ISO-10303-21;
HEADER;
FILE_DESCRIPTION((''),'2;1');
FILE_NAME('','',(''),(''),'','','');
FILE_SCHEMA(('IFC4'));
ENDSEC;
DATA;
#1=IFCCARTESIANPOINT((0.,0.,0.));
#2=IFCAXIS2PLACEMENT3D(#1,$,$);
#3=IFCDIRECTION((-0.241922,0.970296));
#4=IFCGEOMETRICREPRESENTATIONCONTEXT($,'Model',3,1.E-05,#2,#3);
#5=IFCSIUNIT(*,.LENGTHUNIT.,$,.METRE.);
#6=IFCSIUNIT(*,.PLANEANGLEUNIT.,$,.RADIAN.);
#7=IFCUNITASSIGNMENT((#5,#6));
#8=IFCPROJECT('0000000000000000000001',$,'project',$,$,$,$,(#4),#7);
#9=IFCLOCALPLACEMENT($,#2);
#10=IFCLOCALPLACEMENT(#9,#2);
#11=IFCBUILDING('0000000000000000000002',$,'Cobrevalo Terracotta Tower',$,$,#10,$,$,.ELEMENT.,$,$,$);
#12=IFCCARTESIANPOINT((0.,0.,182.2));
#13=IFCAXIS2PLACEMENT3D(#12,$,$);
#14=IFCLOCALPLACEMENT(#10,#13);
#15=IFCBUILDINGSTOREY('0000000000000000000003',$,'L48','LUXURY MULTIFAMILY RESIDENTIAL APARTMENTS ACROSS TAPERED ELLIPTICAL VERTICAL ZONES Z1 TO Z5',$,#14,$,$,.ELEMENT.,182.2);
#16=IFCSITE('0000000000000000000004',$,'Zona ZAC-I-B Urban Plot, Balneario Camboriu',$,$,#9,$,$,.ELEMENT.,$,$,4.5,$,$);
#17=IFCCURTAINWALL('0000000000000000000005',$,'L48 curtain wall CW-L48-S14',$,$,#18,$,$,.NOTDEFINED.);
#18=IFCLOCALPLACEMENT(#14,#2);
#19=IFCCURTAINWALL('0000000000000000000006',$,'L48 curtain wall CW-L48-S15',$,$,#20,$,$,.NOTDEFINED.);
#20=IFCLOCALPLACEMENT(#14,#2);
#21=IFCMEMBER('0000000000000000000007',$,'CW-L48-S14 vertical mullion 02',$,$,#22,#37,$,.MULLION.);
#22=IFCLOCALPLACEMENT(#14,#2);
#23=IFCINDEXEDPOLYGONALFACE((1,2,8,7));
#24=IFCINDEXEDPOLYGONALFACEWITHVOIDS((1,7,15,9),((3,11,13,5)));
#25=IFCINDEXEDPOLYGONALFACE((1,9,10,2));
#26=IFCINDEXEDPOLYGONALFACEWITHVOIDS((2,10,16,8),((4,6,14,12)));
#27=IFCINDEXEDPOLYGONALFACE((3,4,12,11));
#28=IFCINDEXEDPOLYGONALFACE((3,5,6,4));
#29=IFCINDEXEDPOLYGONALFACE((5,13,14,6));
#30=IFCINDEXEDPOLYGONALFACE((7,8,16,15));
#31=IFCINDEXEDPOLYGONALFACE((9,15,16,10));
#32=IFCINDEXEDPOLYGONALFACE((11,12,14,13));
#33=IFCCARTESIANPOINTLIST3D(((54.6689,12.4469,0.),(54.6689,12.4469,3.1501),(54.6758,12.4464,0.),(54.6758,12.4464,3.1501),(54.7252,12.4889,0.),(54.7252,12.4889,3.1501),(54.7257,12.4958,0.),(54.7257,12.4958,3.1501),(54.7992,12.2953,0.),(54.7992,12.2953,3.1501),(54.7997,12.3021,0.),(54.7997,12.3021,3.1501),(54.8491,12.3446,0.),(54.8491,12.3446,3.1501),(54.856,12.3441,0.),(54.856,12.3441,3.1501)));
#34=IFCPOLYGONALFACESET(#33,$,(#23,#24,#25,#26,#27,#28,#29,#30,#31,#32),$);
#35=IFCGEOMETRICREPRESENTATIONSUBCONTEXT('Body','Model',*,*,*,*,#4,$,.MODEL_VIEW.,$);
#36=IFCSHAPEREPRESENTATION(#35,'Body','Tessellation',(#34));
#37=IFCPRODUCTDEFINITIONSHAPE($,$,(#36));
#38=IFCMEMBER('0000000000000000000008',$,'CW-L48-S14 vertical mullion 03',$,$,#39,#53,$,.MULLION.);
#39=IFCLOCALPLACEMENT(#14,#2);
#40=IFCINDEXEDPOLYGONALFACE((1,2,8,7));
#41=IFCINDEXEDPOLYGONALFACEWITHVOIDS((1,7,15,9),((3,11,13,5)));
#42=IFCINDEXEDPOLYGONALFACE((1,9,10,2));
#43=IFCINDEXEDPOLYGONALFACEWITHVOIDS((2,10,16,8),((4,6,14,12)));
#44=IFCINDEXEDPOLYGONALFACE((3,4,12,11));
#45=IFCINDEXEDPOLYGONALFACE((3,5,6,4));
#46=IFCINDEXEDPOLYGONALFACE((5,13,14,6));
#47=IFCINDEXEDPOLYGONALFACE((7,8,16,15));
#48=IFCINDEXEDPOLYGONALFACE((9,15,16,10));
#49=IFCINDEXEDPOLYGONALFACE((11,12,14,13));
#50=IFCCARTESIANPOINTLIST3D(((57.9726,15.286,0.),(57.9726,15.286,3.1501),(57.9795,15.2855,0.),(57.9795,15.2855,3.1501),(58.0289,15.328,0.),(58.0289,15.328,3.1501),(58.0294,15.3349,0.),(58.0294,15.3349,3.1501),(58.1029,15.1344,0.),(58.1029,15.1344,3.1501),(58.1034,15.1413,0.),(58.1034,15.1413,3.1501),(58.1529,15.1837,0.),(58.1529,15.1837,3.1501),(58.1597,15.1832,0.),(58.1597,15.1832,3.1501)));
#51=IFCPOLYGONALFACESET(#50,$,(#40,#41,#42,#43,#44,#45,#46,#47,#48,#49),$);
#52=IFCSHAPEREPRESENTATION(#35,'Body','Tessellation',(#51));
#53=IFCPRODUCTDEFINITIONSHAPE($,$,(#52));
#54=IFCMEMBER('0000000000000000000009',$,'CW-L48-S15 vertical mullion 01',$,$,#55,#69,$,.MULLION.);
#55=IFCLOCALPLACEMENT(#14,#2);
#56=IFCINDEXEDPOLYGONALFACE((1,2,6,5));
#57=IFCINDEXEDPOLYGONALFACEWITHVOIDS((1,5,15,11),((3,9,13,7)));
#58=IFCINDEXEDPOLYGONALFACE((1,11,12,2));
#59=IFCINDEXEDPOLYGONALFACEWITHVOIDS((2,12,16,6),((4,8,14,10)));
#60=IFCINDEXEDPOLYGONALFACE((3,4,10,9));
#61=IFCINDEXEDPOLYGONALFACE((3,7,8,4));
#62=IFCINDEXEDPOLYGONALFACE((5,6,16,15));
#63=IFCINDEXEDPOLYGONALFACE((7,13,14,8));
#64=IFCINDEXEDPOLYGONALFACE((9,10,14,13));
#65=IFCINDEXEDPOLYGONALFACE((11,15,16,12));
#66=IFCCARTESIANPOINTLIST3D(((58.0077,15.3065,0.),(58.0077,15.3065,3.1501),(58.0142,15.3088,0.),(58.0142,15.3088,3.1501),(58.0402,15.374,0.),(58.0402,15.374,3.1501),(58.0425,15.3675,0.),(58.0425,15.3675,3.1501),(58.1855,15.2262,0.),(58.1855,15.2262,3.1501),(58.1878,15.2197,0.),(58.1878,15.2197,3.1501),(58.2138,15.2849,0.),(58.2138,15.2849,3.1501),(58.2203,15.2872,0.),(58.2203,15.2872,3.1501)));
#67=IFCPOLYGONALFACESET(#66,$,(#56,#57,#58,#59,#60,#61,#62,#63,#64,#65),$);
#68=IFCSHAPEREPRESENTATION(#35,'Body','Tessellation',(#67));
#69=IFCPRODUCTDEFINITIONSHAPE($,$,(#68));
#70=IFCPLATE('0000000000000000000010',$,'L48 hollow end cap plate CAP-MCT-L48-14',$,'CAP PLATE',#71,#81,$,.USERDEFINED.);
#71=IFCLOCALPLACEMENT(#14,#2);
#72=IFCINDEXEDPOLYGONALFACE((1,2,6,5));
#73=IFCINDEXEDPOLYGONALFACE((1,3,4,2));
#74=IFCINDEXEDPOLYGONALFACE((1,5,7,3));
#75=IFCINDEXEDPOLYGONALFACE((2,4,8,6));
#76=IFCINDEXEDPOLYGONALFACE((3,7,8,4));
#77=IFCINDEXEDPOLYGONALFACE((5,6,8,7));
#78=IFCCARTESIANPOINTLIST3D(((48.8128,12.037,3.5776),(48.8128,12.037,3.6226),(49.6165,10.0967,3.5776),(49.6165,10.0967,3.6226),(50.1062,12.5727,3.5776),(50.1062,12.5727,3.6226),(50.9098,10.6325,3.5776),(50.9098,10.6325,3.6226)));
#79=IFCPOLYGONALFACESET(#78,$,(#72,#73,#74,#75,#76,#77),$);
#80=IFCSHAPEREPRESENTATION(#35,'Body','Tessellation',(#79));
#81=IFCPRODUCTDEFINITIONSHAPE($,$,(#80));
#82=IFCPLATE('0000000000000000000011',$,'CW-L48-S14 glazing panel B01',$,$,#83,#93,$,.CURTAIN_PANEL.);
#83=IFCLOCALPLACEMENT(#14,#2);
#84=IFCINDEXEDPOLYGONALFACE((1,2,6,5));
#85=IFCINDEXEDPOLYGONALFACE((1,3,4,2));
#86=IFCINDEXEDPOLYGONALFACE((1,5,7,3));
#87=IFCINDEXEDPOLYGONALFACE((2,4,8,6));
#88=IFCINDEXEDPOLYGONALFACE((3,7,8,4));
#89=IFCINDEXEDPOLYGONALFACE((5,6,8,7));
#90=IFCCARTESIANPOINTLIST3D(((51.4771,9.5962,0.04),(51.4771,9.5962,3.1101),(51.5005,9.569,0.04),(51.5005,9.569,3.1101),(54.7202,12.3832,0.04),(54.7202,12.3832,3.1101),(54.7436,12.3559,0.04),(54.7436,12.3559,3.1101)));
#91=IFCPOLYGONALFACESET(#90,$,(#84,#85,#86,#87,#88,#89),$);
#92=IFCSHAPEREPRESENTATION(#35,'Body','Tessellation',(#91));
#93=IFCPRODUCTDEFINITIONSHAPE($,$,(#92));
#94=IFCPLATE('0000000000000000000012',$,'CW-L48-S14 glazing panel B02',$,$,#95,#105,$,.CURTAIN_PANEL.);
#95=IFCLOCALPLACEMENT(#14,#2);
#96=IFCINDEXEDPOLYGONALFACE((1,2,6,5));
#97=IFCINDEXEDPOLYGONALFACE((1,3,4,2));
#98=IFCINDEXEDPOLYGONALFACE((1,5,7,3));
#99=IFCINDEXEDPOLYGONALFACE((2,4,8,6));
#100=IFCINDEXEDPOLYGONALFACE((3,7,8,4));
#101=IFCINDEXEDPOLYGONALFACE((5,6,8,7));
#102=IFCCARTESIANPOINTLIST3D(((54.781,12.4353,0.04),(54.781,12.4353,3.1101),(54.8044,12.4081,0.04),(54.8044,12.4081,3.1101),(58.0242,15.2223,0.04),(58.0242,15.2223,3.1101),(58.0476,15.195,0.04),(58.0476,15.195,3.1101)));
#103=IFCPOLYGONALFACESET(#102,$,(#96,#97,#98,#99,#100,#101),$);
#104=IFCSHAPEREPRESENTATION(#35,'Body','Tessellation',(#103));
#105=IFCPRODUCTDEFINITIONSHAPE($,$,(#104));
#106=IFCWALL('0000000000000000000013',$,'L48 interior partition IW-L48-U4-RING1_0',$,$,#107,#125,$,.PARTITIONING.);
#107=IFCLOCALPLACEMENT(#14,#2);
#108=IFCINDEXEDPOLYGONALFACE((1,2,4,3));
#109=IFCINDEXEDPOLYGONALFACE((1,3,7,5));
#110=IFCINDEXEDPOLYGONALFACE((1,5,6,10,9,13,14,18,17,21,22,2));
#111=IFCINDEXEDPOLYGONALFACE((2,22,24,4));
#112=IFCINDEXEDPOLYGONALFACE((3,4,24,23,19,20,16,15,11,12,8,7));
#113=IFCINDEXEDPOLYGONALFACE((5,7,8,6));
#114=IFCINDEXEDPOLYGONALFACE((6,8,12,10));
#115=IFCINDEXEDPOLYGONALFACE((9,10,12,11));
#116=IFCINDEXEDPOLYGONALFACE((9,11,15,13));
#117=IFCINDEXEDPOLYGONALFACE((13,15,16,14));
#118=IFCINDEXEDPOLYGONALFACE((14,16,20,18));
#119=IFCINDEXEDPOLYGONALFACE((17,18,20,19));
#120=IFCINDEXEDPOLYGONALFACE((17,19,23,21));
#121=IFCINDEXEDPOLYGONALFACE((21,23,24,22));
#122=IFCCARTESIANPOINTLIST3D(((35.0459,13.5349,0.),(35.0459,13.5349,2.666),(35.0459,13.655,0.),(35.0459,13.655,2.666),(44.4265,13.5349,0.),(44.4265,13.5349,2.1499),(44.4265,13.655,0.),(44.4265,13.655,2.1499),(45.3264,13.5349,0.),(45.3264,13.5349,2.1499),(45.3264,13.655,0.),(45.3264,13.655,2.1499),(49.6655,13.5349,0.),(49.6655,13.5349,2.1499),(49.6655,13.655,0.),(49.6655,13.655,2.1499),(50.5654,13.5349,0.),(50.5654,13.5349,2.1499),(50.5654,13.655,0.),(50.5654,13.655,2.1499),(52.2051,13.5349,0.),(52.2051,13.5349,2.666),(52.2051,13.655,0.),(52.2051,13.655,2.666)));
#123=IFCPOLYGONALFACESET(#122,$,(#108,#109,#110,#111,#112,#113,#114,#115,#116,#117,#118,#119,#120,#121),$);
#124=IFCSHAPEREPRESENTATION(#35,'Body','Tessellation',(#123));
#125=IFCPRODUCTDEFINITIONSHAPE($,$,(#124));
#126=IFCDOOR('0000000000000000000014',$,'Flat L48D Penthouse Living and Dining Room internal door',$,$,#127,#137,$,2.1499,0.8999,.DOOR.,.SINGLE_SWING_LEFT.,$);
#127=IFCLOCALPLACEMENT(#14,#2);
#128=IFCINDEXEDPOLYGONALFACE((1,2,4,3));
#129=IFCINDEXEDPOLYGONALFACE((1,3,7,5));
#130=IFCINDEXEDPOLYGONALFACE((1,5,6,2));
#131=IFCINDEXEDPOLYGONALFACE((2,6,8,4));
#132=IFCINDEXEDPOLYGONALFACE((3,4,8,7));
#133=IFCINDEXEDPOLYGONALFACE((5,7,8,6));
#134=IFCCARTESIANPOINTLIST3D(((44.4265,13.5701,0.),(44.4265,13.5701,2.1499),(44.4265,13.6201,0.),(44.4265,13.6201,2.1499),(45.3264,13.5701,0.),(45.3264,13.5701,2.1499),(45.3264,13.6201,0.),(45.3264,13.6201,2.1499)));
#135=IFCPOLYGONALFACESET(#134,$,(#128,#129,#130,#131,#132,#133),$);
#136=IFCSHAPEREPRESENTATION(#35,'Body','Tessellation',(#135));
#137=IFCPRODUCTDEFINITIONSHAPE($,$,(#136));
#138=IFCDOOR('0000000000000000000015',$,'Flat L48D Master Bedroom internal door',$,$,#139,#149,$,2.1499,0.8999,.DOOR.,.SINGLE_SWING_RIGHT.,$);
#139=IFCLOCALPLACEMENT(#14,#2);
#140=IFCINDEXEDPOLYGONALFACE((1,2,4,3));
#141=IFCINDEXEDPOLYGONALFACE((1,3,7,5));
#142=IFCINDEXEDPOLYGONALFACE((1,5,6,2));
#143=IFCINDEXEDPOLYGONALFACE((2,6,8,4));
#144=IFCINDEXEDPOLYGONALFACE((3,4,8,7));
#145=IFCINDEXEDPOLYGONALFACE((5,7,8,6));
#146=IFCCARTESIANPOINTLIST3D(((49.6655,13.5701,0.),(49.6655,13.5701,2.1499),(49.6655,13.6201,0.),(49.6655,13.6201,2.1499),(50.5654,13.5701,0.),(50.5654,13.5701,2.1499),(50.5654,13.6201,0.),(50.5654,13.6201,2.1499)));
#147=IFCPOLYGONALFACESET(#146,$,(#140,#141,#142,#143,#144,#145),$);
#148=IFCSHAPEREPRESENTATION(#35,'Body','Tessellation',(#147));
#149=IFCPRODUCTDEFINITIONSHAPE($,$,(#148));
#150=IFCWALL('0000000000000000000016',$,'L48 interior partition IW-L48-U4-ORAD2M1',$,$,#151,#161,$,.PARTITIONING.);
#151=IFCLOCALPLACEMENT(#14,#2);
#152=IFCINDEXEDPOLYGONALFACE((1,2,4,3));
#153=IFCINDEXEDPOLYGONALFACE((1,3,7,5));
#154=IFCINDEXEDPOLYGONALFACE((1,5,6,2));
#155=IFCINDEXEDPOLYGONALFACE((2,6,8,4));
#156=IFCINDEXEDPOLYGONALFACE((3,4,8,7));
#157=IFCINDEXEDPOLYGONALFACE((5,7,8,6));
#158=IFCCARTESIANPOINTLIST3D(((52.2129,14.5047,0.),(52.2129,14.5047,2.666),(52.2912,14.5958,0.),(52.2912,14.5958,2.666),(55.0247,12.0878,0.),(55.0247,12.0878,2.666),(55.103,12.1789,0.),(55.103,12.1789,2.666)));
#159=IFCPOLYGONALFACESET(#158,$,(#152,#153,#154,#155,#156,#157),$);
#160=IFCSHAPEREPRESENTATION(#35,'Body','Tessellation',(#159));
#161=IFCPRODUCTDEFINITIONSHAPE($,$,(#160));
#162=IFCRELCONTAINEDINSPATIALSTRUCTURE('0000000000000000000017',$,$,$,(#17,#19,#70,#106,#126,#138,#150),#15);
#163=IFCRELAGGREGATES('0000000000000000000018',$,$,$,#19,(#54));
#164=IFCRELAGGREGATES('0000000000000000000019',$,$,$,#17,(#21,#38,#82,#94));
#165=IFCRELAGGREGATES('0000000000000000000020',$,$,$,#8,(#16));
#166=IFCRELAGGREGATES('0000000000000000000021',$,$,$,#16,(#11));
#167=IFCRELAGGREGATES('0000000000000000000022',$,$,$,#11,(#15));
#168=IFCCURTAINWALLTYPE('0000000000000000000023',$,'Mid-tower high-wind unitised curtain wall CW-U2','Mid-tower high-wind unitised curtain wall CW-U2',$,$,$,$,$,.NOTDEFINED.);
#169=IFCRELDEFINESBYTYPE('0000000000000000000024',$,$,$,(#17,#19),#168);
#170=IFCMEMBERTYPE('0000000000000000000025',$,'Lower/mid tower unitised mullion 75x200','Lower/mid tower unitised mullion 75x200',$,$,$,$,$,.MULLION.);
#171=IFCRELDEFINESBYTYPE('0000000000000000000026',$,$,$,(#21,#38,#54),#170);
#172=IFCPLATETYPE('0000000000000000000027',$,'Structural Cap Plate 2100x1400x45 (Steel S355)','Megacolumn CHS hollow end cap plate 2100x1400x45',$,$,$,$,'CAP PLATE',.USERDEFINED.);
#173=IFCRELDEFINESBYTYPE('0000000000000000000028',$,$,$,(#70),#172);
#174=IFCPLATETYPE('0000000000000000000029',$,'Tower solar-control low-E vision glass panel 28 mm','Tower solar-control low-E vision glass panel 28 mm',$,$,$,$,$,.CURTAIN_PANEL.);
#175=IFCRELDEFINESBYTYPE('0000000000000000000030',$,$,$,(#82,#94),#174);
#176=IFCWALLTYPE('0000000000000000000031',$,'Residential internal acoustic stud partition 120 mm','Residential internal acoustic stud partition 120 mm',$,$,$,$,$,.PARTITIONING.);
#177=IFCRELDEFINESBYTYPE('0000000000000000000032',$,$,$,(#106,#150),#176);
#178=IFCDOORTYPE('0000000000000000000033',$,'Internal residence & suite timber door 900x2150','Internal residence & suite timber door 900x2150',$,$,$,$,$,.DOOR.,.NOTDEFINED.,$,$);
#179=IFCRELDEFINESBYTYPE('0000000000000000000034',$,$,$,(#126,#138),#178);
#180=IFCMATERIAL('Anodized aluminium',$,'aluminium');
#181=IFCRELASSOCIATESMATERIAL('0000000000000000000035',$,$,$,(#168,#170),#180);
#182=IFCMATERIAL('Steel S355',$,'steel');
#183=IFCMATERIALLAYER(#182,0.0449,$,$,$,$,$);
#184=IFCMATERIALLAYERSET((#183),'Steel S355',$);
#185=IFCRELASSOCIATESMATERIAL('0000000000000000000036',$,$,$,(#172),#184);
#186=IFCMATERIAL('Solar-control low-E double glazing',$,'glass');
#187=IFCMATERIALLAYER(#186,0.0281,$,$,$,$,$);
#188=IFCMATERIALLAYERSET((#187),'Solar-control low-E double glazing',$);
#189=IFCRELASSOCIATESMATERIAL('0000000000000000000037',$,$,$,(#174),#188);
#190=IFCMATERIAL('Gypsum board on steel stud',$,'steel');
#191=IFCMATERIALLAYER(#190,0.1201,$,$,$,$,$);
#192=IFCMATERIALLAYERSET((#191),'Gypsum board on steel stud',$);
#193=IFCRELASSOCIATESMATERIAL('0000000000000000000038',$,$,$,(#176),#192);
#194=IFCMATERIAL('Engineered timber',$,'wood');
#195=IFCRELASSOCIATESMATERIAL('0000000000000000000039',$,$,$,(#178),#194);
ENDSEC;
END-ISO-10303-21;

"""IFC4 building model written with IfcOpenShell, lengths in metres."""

from ifc_helpers import new_model, si_unit, direction, frame, frame_2d, origin, origin_2d, place, context, subcontext, project, spatial, rectangle, hollow_rectangle, extrude, source, transform, mapped, material, layer, layer_set, material_profile, profile_set, type_object, element, fill, aggregate, save


model = new_model("IFC4")

# Units and contexts
model_context = context("Model", 3, precision=1e-05, world=origin(), true_north=direction((-0.241922, 0.970296)))
body_context = subcontext(model_context, "Body", "Model", "MODEL_VIEW")
ifc_project = project(units=[si_unit("LENGTHUNIT", "METRE"), si_unit("PLANEANGLEUNIT", "RADIAN")], contexts=[model_context])

# Site, building, storey
site_placement = place(None, origin())
site = spatial("IfcSite", under=ifc_project, at=site_placement, Name="Zona ZAC-I-B Urban Plot, Balneario Camboriu", CompositionType="ELEMENT", RefElevation=4.5)
building_placement = place(site_placement, origin())
building = spatial("IfcBuilding", under=site, at=building_placement, Name="Cobrevalo Terracotta Tower", CompositionType="ELEMENT")
storey_placement = place(building_placement, frame((0.0, 0.0, 182.2)))
storey = spatial("IfcBuildingStorey", under=building, at=storey_placement, Name="L48", Description="LUXURY MULTIFAMILY RESIDENTIAL APARTMENTS ACROSS TAPERED ELLIPTICAL VERTICAL ZONES Z1 TO Z5", CompositionType="ELEMENT", Elevation=182.2)

# Shared definitions
ifc_material_1 = material(Name="Steel S355", Category="steel")

# Curtain walls
ifc_material_2 = material(Name="Anodized aluminium", Category="aluminium")
curtain_wall_type = type_object("IfcCurtainWallType", Name="Mid-tower high-wind unitised curtain wall CW-U2", Description="Mid-tower high-wind unitised curtain wall CW-U2", PredefinedType="NOTDEFINED", material=ifc_material_2)
curtain_wall_1_placement = place(storey_placement, origin())
curtain_wall_1 = element("IfcCurtainWall", 1, at=curtain_wall_1_placement, inside=storey, type_object=curtain_wall_type, Name="L48 curtain wall CW-L48-S14", PredefinedType="NOTDEFINED")
curtain_wall_2_placement = place(storey_placement, origin())
curtain_wall_2 = element("IfcCurtainWall", 2, at=curtain_wall_2_placement, inside=storey, type_object=curtain_wall_type, Name="L48 curtain wall CW-L48-S15", PredefinedType="NOTDEFINED")

# Members
ifc_material_profile_1 = material_profile(ifc_material_2, hollow_rectangle(XDim=0.075, YDim=0.2, WallThickness=0.0049, at=origin_2d()), Name="CWM 75x200")
ifc_profile_set_1 = profile_set([ifc_material_profile_1], Name="Anodized aluminium")
member_type_1 = type_object("IfcMemberType", Name="Lower/mid tower unitised mullion 75x200", Description="Lower/mid tower unitised mullion 75x200", PredefinedType="MULLION", material=ifc_profile_set_1)
shared_shape_1 = source(origin(), body_context, "Body", "SweptSolid", [
    extrude(hollow_rectangle(XDim=0.075, YDim=0.2, WallThickness=0.0049, at=origin_2d()), origin(), (0.0, 0.0, 1.0), 3.1501),
])
member_1_placement = place(storey_placement, frame((54.7625, 12.3955, 0.0), z_axis=(0.0, 0.0, 1.0), x_axis=(0.758442, 0.651741, 0.0)))
member_1 = element("IfcMember", 3, at=member_1_placement, type_object=member_type_1, Name="CW-L48-S14 vertical mullion 02", PredefinedType="MULLION", context=body_context, shape_type="MappedRepresentation", body=[
    mapped(shared_shape_1, transform((0.0, 0.0, 0.0), scale=1.0)),
])
member_2_placement = place(storey_placement, frame((58.0662, 15.2346, 0.0), z_axis=(0.0, 0.0, 1.0), x_axis=(0.758442, 0.651741, 0.0)))
member_2 = element("IfcMember", 4, at=member_2_placement, type_object=member_type_1, Name="CW-L48-S14 vertical mullion 03", PredefinedType="MULLION", context=body_context, shape_type="MappedRepresentation", body=[
    mapped(shared_shape_1, transform((0.0, 0.0, 0.0), scale=1.0)),
])
member_3_placement = place(storey_placement, frame((58.114, 15.2969, 0.0), z_axis=(0.0, 0.0, 1.0), x_axis=(0.434209, 0.900812, 0.0)))
member_3 = element("IfcMember", 5, at=member_3_placement, type_object=member_type_1, Name="CW-L48-S15 vertical mullion 01", PredefinedType="MULLION", context=body_context, shape_type="MappedRepresentation", body=[
    mapped(shared_shape_1, transform((0.0, 0.0, 0.0), scale=1.0)),
])
aggregate(curtain_wall_2, [member_3])

# Plates
ifc_layer_1 = layer(ifc_material_1, 0.0449)
ifc_layer_set_1 = layer_set([ifc_layer_1], Name="Steel S355")
plate_type_1 = type_object("IfcPlateType", Name="Structural Cap Plate 2100x1400x45 (Steel S355)", Description="Megacolumn CHS hollow end cap plate 2100x1400x45", ElementType="CAP PLATE", PredefinedType="USERDEFINED", material=ifc_layer_set_1)
shared_shape_2 = source(origin(), body_context, "Body", "SweptSolid", [
    extrude(rectangle(XDim=2.1001, YDim=1.3999, at=origin_2d()), origin(), (0.0, 0.0, 1.0), 0.0449),
])
plate_1_placement = place(storey_placement, frame((49.8613, 11.3347, 3.5776), z_axis=(0.0, 0.0, 1.0), x_axis=(0.382683, -0.92388, 0.0)))
element("IfcPlate", 6, at=plate_1_placement, inside=storey, type_object=plate_type_1, Name="L48 hollow end cap plate CAP-MCT-L48-14", ObjectType="CAP PLATE", PredefinedType="USERDEFINED", context=body_context, shape_type="MappedRepresentation", body=[
    mapped(shared_shape_2, transform((0.0, 0.0, 0.0), scale=1.0)),
])
ifc_material_3 = material(Name="Solar-control low-E double glazing", Category="glass")
ifc_layer_2 = layer(ifc_material_3, 0.0281)
ifc_layer_set_2 = layer_set([ifc_layer_2], Name="Solar-control low-E double glazing")
plate_type_2 = type_object("IfcPlateType", Name="Tower solar-control low-E vision glass panel 28 mm", Description="Tower solar-control low-E vision glass panel 28 mm", PredefinedType="CURTAIN_PANEL", material=ifc_layer_set_2)
shared_shape_3 = source(origin(), body_context, "Body", "SweptSolid", [
    extrude(rectangle(XDim=4.2761, YDim=0.0359, at=origin_2d()), origin(), (0.0, 0.0, 1.0), 3.0701),
])
plate_2_placement = place(storey_placement, frame((53.1104, 10.9761, 0.04), z_axis=(0.0, 0.0, 1.0), x_axis=(0.758437, 0.651746, 0.0)))
plate_2 = element("IfcPlate", 7, at=plate_2_placement, type_object=plate_type_2, Name="CW-L48-S14 glazing panel B01", PredefinedType="CURTAIN_PANEL", context=body_context, shape_type="MappedRepresentation", body=[
    mapped(shared_shape_3, transform((0.0, 0.0, 0.0), scale=1.0)),
])
plate_3_placement = place(storey_placement, frame((56.4143, 13.8152, 0.04), z_axis=(0.0, 0.0, 1.0), x_axis=(0.758437, 0.651746, 0.0)))
plate_3 = element("IfcPlate", 8, at=plate_3_placement, type_object=plate_type_2, Name="CW-L48-S14 glazing panel B02", PredefinedType="CURTAIN_PANEL", context=body_context, shape_type="MappedRepresentation", body=[
    mapped(shared_shape_3, transform((0.0, 0.0, 0.0), scale=1.0)),
])
aggregate(curtain_wall_1, [member_1, member_2, plate_2, plate_3])

# Wall, openings, doors
ifc_material_4 = material(Name="Gypsum board on steel stud", Category="steel")
ifc_layer_3 = layer(ifc_material_4, 0.1201)
ifc_layer_set_3 = layer_set([ifc_layer_3], Name="Gypsum board on steel stud")
wall_type = type_object("IfcWallType", Name="Residential internal acoustic stud partition 120 mm", Description="Residential internal acoustic stud partition 120 mm", PredefinedType="PARTITIONING", material=ifc_layer_set_3)
wall_1_placement = place(storey_placement, frame((52.2051, 13.595, 0.0), z_axis=(0.0, 0.0, 1.0), x_axis=(-1.0, 0.0, 0.0)))
wall_1 = element("IfcWall", 9, at=wall_1_placement, inside=storey, type_object=wall_type, Name="L48 interior partition IW-L48-U4-RING1_0", PredefinedType="PARTITIONING", context=body_context, shape_type="SweptSolid", body=[
    extrude(rectangle(XDim=17.1592, YDim=0.1201, at=frame_2d((8.5796, 0.0))), origin(), (0.0, 0.0, 1.0), 2.666),
])
opening_1_placement = place(wall_1_placement, frame((6.8787, 0.0, 0.0)))
opening_1 = element("IfcOpeningElement", 10, at=opening_1_placement, cuts=wall_1, PredefinedType="OPENING", context=body_context, shape_type="SweptSolid", body=[
    extrude(rectangle(XDim=0.8999, YDim=2.1499, at=frame_2d((0.45, 1.075))), frame((0.0, 0.0701, 0.0), z_axis=(0.0, -1.0, 0.0), x_axis=(1.0, 0.0, 0.0)), (0.0, 0.0, 1.0), 0.1401),
])
opening_2_placement = place(wall_1_placement, frame((1.6396, 0.0, 0.0)))
opening_2 = element("IfcOpeningElement", 11, at=opening_2_placement, cuts=wall_1, PredefinedType="OPENING", context=body_context, shape_type="SweptSolid", body=[
    extrude(rectangle(XDim=0.8999, YDim=2.1499, at=frame_2d((0.45, 1.075))), frame((0.0, 0.0701, 0.0), z_axis=(0.0, -1.0, 0.0), x_axis=(1.0, 0.0, 0.0)), (0.0, 0.0, 1.0), 0.1401),
])
ifc_material_5 = material(Name="Engineered timber", Category="wood")
door_type = type_object("IfcDoorType", Name="Internal residence & suite timber door 900x2150", Description="Internal residence & suite timber door 900x2150", OperationType="NOTDEFINED", PredefinedType="DOOR", material=ifc_material_5)
shared_shape_4 = source(origin(), body_context, "Body", "SweptSolid", [
    extrude(rectangle(XDim=0.8999, YDim=2.1499, at=frame_2d((0.45, 1.075))), frame((0.0, 0.0249, 0.0), z_axis=(0.0, -1.0, 0.0), x_axis=(1.0, 0.0, 0.0)), (0.0, 0.0, 1.0), 0.05),
])
door_1_placement = place(opening_1_placement, origin())
door_1 = element("IfcDoor", 12, at=door_1_placement, inside=storey, type_object=door_type, Name="Flat L48D Penthouse Living and Dining Room internal door", OperationType="SINGLE_SWING_LEFT", OverallHeight=2.1499, OverallWidth=0.8999, PredefinedType="DOOR", context=body_context, shape_type="MappedRepresentation", body=[
    mapped(shared_shape_4, transform((0.0, 0.0, 0.0), scale=1.0)),
])
fill(opening_1, door_1)
door_2_placement = place(opening_2_placement, origin())
door_2 = element("IfcDoor", 13, at=door_2_placement, inside=storey, type_object=door_type, Name="Flat L48D Master Bedroom internal door", OperationType="SINGLE_SWING_RIGHT", OverallHeight=2.1499, OverallWidth=0.8999, PredefinedType="DOOR", context=body_context, shape_type="MappedRepresentation", body=[
    mapped(shared_shape_4, transform((0.0, 0.0, 0.0), scale=1.0)),
])
fill(opening_2, door_2)

# Wall
wall_2_placement = place(storey_placement, frame((52.252, 14.5503, 0.0), z_axis=(0.0, 0.0, 1.0), x_axis=(0.758368, -0.651827, 0.0)))
element("IfcWall", 14, at=wall_2_placement, inside=storey, type_object=wall_type, Name="L48 interior partition IW-L48-U4-ORAD2M1", PredefinedType="PARTITIONING", context=body_context, shape_type="SweptSolid", body=[
    extrude(rectangle(XDim=3.7078, YDim=0.1201, at=frame_2d((1.854, 0.0))), origin(), (0.0, 0.0, 1.0), 2.666),
])

save(model, "model.ifc")
